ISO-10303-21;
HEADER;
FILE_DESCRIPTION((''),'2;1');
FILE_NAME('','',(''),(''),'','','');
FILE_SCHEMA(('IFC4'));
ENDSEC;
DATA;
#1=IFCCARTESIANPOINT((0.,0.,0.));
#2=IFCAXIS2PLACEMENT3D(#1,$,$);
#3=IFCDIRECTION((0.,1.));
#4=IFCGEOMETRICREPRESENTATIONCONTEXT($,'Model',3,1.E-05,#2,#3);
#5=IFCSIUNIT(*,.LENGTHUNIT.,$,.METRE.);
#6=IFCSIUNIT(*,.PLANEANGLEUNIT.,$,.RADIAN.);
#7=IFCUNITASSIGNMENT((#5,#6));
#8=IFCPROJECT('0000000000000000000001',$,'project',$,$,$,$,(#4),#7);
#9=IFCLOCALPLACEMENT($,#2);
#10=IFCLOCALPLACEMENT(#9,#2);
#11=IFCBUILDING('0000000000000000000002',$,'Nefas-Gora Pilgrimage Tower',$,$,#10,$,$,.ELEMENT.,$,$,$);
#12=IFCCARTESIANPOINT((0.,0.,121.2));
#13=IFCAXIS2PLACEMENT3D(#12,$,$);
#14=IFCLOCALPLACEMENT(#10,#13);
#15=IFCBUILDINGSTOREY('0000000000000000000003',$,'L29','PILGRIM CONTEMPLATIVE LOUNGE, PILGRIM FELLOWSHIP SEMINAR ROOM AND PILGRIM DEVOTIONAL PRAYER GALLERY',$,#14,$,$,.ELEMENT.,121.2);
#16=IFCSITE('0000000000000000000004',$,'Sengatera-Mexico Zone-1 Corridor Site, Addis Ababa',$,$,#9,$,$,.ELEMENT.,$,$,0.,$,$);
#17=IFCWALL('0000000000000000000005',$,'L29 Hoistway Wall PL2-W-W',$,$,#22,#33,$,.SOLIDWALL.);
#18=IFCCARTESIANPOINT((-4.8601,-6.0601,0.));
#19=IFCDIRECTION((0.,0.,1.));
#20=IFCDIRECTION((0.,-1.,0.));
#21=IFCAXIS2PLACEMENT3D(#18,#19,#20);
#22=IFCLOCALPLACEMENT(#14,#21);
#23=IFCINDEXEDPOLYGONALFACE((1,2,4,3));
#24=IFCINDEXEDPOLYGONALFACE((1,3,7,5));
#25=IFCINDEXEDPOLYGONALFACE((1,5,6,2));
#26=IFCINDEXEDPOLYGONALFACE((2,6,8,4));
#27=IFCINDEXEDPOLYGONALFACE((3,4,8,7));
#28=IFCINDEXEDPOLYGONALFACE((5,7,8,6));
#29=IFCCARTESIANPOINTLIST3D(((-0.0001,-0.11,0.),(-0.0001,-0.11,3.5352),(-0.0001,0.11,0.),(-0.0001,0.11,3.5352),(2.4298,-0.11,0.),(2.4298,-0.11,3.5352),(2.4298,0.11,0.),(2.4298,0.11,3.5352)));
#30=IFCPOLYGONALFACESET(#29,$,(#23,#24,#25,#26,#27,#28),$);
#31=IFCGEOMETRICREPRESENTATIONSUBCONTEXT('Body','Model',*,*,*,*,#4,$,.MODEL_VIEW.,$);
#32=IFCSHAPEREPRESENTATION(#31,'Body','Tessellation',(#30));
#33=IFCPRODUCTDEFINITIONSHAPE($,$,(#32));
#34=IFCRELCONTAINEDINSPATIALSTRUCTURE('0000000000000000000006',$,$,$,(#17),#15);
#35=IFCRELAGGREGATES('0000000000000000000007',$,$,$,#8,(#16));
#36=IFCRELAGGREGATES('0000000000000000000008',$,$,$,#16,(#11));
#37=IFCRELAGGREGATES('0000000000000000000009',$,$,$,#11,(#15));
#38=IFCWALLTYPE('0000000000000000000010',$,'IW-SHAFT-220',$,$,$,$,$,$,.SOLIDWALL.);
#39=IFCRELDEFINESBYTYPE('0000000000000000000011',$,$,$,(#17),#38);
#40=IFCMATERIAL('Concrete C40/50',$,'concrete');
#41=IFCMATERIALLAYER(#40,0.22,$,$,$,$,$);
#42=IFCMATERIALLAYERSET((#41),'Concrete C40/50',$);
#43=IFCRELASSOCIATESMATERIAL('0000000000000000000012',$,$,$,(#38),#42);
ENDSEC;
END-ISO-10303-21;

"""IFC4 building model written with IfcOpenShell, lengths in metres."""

from ifc_helpers import new_model, si_unit, direction, frame, frame_2d, origin, place, context, subcontext, project, spatial, rectangle, extrude, source, transform, mapped, material, layer, layer_set, type_object, element, save


model = new_model("IFC4")

# Units and contexts
model_context = context("Model", 3, precision=1e-05, world=origin(), true_north=direction((0.0, 1.0)))
body_context = subcontext(model_context, "Body", "Model", "MODEL_VIEW")
ifc_project = project(units=[si_unit("LENGTHUNIT", "METRE"), si_unit("PLANEANGLEUNIT", "RADIAN")], contexts=[model_context])

# Site, building, storey
site_placement = place(None, origin())
site = spatial("IfcSite", under=ifc_project, at=site_placement, Name="Sengatera-Mexico Zone-1 Corridor Site, Addis Ababa", CompositionType="ELEMENT", RefElevation=0.0)
building_placement = place(site_placement, origin())
building = spatial("IfcBuilding", under=site, at=building_placement, Name="Nefas-Gora Pilgrimage Tower", CompositionType="ELEMENT")
storey_placement = place(building_placement, frame((0.0, 0.0, 121.2)))
storey = spatial("IfcBuildingStorey", under=building, at=storey_placement, Name="L29", Description="PILGRIM CONTEMPLATIVE LOUNGE, PILGRIM FELLOWSHIP SEMINAR ROOM AND PILGRIM DEVOTIONAL PRAYER GALLERY", CompositionType="ELEMENT", Elevation=121.2)

# Wall
ifc_material_1 = material(Name="Concrete C40/50", Category="concrete")
ifc_layer_1 = layer(ifc_material_1, 0.22)
ifc_layer_set_1 = layer_set([ifc_layer_1], Name="Concrete C40/50")
wall_type_1 = type_object("IfcWallType", Name="IW-SHAFT-220", PredefinedType="SOLIDWALL", material=ifc_layer_set_1)
shared_shape_1 = source(origin(), body_context, "Body", "SweptSolid", [
    extrude(rectangle(XDim=2.4299, YDim=0.22, at=frame_2d((1.2148, 0.0))), origin(), (0.0, 0.0, 1.0), 3.5352),
])
for number, where, z_axis, x_axis, name in (
    (1, (-4.8601, -6.0601, 0.0), (0.0, 0.0, 1.0), (0.0, -1.0, 0.0), "L29 Hoistway Wall PL2-W-W"),
):
    element("IfcWall", number, at=place(storey_placement, frame(where, z_axis=z_axis, x_axis=x_axis)), inside=storey, type_object=wall_type_1, Name=name, PredefinedType="SOLIDWALL", context=body_context, shape_type="MappedRepresentation", body=[
        mapped(shared_shape_1, transform((0.0, 0.0, 0.0), x_axis=(1.0, 0.0, 0.0), y_axis=(0.0, 1.0, 0.0), z_axis=(0.0, 0.0, 1.0), scale=1.0)),
    ])

save(model, "model.ifc")
